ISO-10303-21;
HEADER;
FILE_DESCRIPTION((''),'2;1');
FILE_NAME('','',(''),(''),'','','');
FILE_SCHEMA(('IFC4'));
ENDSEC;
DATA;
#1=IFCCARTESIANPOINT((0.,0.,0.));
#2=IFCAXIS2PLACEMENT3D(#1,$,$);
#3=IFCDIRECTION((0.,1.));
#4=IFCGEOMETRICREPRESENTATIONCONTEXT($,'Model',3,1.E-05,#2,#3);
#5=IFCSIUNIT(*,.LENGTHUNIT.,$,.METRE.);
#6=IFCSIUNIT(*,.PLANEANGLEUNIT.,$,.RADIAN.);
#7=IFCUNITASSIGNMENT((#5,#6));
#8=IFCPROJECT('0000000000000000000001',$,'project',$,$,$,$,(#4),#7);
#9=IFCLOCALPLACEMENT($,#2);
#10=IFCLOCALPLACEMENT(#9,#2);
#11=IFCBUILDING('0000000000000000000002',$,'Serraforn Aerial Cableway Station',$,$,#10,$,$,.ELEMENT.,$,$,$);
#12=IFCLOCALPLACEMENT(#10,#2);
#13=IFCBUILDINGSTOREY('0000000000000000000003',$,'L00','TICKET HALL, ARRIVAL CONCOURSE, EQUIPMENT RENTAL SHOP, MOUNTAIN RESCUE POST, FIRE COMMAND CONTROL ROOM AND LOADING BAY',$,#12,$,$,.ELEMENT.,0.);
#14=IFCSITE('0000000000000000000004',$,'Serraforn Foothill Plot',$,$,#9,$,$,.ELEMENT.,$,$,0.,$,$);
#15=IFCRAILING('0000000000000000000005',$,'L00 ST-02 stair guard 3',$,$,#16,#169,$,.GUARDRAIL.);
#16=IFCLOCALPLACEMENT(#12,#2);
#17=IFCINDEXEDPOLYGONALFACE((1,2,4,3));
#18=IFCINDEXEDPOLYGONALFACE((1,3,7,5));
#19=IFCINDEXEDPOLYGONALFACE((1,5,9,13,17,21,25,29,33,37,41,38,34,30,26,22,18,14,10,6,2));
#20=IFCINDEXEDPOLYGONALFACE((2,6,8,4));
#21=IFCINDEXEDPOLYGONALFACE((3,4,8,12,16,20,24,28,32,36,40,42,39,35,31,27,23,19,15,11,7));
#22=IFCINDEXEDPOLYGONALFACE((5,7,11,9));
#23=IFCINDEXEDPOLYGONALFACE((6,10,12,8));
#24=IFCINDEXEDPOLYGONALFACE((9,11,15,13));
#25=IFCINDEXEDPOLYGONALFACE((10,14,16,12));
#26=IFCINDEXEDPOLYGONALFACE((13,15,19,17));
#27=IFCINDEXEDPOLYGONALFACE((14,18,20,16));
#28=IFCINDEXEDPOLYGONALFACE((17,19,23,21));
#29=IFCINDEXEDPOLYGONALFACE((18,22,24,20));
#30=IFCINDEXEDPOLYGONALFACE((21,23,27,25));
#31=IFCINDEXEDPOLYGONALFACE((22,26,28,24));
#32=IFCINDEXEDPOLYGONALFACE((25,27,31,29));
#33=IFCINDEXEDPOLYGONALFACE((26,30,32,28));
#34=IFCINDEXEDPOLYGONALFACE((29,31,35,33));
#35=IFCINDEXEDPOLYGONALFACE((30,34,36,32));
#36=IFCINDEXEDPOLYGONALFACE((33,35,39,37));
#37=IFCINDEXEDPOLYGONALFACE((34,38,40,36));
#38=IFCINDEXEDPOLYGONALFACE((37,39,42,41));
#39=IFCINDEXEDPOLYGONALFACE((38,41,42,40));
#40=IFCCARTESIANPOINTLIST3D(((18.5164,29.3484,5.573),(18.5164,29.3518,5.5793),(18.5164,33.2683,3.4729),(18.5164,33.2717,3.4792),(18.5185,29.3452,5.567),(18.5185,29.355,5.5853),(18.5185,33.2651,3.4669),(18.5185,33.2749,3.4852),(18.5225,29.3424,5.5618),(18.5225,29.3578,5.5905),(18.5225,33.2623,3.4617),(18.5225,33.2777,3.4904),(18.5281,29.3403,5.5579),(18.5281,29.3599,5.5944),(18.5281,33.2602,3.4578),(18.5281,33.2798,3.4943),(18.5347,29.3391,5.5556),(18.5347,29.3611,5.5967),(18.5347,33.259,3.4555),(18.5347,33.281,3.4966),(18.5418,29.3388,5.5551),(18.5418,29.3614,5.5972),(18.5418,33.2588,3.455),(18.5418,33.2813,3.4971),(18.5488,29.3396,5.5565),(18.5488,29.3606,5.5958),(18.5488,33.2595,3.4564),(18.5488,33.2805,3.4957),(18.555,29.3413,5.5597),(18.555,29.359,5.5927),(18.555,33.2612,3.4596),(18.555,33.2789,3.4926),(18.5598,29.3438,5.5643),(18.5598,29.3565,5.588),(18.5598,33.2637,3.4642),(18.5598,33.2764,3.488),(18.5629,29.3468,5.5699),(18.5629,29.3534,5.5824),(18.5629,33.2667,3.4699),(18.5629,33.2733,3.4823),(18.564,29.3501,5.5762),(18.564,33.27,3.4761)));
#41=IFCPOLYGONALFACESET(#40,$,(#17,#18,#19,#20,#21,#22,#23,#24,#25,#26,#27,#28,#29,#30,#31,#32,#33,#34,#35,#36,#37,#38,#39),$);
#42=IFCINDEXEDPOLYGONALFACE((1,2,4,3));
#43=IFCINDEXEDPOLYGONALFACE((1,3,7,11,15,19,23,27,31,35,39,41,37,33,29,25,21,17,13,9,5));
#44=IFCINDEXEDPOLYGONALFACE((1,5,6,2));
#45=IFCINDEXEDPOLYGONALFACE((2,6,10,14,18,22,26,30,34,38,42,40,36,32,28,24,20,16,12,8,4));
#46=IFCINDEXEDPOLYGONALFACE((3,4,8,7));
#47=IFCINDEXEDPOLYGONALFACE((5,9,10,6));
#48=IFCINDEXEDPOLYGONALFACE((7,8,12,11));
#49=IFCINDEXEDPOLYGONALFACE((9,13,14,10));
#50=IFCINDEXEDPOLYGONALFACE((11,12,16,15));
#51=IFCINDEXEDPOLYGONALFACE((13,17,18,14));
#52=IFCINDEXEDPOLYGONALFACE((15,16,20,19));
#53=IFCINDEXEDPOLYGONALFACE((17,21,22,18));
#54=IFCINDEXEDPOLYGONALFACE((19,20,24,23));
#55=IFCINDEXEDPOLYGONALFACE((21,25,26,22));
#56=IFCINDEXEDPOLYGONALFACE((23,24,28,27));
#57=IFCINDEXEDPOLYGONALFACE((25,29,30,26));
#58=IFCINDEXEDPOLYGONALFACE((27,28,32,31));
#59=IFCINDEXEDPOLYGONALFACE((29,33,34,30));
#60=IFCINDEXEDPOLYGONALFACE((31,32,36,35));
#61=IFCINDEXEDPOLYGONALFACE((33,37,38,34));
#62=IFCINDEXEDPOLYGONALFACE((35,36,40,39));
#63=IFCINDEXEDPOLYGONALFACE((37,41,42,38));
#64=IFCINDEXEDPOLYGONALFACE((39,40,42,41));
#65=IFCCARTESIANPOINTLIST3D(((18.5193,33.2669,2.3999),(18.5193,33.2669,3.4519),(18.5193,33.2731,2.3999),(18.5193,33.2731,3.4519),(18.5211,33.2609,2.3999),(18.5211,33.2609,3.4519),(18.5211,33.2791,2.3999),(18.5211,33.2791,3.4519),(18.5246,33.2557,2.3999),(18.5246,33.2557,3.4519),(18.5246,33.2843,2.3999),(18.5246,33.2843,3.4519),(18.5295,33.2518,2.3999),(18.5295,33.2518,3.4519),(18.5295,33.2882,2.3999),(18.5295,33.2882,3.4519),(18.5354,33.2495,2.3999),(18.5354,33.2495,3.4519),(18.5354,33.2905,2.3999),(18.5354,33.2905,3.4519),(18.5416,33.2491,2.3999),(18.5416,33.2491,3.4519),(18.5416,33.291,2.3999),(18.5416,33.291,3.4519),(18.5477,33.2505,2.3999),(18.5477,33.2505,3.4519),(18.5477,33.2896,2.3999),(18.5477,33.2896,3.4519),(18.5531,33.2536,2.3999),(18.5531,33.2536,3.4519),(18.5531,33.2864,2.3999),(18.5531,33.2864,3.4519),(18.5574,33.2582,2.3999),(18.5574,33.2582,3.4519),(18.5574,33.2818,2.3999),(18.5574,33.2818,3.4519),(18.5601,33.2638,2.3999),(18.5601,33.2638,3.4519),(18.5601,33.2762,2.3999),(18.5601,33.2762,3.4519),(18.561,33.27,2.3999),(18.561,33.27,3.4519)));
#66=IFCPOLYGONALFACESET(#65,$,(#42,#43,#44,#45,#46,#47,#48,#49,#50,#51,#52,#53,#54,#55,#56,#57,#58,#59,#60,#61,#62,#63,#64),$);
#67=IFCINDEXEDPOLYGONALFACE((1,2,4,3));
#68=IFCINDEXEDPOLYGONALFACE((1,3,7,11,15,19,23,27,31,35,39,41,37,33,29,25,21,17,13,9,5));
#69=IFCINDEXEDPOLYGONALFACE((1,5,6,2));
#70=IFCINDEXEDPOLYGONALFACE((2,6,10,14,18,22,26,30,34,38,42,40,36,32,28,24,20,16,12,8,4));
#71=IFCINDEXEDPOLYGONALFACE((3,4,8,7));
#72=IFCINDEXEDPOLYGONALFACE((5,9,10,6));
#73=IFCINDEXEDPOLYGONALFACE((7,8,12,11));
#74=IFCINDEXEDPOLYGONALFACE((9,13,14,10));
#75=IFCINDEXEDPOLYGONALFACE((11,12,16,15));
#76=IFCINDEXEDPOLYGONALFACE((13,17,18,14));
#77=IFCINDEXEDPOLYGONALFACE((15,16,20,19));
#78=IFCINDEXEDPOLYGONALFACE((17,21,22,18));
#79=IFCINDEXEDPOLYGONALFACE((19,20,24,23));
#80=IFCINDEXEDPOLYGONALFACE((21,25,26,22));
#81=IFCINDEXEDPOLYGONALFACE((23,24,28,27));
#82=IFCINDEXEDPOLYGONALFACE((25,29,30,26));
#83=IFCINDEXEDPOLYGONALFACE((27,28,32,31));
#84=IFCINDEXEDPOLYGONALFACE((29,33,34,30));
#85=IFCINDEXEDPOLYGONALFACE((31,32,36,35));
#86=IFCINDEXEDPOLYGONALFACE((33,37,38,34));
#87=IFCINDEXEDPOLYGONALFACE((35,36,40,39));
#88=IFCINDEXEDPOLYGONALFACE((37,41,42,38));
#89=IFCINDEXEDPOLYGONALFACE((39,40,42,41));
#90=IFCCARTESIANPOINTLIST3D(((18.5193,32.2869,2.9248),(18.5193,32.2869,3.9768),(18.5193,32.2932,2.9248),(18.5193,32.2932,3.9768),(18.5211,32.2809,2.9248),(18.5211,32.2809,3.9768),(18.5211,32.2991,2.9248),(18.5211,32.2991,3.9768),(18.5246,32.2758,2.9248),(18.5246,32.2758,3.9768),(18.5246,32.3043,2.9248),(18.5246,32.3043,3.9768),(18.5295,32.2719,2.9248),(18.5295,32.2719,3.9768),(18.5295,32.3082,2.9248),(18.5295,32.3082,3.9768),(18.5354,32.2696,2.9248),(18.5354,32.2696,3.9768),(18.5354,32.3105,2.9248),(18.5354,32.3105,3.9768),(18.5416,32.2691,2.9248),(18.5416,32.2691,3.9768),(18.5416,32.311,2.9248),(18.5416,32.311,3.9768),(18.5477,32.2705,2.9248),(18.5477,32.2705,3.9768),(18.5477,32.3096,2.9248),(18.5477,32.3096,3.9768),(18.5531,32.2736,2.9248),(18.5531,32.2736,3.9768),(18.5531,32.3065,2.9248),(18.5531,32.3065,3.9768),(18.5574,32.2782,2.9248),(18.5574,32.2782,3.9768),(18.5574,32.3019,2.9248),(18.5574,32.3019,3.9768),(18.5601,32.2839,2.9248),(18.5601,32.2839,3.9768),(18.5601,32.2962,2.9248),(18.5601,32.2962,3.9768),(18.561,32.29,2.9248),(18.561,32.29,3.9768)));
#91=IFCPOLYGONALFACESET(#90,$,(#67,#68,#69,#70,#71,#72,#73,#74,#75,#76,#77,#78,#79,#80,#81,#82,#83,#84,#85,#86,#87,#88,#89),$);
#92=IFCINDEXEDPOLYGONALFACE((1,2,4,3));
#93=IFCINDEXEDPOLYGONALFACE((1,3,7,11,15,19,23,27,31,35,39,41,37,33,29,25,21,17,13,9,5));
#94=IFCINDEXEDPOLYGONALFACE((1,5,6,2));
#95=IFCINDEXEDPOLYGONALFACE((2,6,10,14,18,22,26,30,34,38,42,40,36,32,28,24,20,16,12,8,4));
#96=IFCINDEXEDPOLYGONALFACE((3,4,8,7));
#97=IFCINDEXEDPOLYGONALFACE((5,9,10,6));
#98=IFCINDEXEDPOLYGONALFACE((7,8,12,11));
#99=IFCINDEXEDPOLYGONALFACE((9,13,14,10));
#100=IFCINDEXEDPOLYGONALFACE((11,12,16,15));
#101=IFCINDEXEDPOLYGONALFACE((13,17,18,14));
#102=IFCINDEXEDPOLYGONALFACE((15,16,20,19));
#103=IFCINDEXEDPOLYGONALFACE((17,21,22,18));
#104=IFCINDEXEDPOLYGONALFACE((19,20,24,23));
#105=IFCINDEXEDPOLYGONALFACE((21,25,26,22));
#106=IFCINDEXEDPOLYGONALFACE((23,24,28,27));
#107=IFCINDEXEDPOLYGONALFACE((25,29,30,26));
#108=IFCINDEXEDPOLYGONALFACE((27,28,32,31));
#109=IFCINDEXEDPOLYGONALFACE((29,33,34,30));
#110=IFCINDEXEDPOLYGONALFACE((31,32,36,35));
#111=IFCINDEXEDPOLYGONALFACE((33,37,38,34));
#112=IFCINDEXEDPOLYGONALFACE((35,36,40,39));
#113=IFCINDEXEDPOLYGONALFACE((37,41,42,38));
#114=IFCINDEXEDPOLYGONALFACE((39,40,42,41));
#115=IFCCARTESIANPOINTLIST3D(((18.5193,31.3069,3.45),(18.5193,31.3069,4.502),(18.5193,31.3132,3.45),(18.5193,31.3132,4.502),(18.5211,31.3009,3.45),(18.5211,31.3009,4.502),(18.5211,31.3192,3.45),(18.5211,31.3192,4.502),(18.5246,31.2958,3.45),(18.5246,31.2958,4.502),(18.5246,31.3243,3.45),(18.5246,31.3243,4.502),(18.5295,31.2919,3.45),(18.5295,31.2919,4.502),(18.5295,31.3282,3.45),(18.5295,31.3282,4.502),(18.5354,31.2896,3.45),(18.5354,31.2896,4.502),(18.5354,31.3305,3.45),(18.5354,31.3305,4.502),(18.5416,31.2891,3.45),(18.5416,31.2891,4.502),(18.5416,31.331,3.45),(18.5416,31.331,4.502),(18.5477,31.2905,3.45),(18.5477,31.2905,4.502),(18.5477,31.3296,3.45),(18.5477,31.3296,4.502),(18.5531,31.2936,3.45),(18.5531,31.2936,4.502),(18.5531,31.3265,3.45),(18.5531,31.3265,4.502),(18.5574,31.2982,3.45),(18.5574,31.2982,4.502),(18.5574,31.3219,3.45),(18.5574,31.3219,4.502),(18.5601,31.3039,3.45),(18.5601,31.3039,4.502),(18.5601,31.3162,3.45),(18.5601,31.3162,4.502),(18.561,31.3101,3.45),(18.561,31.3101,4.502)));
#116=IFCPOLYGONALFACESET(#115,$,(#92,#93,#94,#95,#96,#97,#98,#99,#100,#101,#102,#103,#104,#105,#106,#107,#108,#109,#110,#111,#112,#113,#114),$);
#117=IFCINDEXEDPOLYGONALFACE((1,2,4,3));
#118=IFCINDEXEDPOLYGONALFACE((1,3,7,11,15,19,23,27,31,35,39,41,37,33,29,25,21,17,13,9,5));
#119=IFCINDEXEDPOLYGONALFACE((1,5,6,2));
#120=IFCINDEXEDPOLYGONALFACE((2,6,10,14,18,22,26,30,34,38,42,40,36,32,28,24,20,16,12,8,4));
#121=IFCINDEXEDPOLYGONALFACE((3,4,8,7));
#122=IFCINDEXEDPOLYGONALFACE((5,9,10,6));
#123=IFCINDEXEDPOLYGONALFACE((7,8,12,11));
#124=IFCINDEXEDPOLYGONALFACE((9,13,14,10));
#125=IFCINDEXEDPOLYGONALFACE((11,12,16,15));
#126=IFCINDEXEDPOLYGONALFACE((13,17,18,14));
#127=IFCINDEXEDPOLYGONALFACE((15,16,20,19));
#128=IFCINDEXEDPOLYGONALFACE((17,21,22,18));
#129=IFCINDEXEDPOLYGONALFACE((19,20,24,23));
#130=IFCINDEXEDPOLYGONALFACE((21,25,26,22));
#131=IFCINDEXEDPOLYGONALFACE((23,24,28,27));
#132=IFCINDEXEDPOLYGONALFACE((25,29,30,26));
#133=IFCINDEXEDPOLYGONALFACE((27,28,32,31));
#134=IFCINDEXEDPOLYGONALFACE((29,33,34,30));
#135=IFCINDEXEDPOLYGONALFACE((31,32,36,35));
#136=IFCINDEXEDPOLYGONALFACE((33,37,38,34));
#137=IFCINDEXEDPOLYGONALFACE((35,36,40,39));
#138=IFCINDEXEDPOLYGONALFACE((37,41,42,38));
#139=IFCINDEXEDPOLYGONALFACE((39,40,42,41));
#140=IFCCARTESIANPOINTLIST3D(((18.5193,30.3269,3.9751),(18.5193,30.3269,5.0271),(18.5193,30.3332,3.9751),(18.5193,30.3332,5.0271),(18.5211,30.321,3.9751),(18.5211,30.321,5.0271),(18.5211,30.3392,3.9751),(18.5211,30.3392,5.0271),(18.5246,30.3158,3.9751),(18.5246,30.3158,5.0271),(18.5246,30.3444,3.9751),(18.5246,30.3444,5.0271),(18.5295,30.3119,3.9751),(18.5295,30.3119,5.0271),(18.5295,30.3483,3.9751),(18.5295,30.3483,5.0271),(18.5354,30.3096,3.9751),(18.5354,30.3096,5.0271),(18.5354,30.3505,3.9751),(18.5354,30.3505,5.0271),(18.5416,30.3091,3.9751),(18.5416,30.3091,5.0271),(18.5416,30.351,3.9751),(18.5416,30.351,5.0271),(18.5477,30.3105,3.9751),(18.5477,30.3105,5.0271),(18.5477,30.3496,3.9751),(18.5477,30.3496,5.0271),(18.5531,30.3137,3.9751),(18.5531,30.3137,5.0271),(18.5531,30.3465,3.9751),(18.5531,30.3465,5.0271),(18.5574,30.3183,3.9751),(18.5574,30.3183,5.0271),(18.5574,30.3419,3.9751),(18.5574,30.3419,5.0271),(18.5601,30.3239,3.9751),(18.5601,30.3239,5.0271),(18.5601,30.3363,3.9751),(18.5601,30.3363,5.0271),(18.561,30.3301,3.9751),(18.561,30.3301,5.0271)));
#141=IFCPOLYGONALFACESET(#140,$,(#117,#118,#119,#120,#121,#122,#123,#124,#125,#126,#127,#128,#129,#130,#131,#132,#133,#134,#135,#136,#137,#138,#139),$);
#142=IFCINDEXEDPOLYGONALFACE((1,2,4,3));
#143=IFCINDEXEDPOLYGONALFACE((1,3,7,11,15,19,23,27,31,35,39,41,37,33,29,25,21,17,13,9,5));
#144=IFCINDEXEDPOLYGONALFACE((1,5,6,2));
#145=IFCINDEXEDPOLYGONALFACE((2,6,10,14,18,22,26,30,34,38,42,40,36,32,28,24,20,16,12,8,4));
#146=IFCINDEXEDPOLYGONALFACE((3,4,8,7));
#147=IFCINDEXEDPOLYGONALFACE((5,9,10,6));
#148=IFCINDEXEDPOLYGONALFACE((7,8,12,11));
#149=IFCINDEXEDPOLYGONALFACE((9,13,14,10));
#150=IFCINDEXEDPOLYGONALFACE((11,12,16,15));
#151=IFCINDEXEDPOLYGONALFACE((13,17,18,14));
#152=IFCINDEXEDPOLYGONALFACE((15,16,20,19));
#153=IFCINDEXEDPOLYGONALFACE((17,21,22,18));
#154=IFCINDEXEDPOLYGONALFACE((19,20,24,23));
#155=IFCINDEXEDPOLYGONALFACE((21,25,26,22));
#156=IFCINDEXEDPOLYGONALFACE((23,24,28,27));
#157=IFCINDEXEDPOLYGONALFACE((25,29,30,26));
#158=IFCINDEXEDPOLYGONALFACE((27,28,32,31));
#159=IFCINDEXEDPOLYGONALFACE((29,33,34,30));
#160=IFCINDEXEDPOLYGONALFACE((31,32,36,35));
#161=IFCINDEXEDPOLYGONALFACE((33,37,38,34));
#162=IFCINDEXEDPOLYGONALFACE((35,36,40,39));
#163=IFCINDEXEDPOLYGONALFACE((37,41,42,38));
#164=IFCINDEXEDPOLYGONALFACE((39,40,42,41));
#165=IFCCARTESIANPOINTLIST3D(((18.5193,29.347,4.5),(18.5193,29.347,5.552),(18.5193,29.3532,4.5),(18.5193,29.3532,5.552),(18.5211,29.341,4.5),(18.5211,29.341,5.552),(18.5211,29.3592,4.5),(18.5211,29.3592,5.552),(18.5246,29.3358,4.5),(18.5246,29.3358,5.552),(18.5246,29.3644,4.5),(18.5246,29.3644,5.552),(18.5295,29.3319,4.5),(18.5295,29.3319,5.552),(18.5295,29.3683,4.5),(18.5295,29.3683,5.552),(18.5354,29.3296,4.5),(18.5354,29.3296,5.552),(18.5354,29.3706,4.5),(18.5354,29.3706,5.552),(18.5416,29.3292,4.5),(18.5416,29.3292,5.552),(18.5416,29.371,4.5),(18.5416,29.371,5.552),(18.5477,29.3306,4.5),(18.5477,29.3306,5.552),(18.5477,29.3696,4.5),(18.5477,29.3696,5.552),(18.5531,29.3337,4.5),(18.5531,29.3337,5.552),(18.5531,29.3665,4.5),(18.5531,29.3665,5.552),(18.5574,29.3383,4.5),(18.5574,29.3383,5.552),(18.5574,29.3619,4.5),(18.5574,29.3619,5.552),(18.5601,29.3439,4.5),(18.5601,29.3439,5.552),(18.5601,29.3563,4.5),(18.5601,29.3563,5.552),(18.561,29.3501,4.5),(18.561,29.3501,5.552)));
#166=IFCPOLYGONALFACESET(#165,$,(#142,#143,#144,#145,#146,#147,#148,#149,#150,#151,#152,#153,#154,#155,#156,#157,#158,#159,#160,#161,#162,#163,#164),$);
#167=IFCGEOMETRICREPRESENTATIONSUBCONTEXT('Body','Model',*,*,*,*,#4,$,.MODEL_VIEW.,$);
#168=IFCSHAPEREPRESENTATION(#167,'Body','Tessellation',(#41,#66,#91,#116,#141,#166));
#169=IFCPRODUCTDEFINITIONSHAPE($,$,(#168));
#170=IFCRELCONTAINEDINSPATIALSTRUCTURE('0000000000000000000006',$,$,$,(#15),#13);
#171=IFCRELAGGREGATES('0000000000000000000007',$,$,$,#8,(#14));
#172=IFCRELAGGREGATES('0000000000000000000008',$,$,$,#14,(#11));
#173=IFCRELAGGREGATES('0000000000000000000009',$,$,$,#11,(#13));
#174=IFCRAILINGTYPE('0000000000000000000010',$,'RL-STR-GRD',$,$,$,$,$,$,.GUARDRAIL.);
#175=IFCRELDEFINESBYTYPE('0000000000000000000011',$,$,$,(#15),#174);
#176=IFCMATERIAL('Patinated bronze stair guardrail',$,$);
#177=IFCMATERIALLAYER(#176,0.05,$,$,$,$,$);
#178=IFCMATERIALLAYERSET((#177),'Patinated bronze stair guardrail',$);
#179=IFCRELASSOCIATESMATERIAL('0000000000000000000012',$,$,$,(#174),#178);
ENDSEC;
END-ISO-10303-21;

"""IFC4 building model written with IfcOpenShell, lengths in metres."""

from ifc_helpers import new_model, si_unit, direction, frame, origin, origin_2d, place, context, subcontext, project, spatial, circle, extrude, material, layer, layer_set, type_object, element, save


model = new_model("IFC4")

# Units and contexts
model_context = context("Model", 3, precision=1e-05, world=origin(), true_north=direction((0.0, 1.0)))
body_context = subcontext(model_context, "Body", "Model", "MODEL_VIEW")
ifc_project = project(units=[si_unit("LENGTHUNIT", "METRE"), si_unit("PLANEANGLEUNIT", "RADIAN")], contexts=[model_context])

# Site, building, storey
site_placement = place(None, origin())
site = spatial("IfcSite", under=ifc_project, at=site_placement, Name="Serraforn Foothill Plot", CompositionType="ELEMENT", RefElevation=0.0)
building_placement = place(site_placement, origin())
building = spatial("IfcBuilding", under=site, at=building_placement, Name="Serraforn Aerial Cableway Station", CompositionType="ELEMENT")
storey_placement = place(building_placement, origin())
storey = spatial("IfcBuildingStorey", under=building, at=storey_placement, Name="L00", Description="TICKET HALL, ARRIVAL CONCOURSE, EQUIPMENT RENTAL SHOP, MOUNTAIN RESCUE POST, FIRE COMMAND CONTROL ROOM AND LOADING BAY", CompositionType="ELEMENT", Elevation=0.0)

# Railing
ifc_material_1 = material(Name="Patinated bronze stair guardrail")
ifc_layer_1 = layer(ifc_material_1, 0.05)
ifc_layer_set_1 = layer_set([ifc_layer_1], Name="Patinated bronze stair guardrail")
railing_type_1 = type_object("IfcRailingType", Name="RL-STR-GRD", PredefinedType="GUARDRAIL", material=ifc_layer_set_1)
railing_1_placement = place(storey_placement, frame((18.54, 33.27, 2.3999)))
element("IfcRailing", 1, at=railing_1_placement, inside=storey, type_object=railing_type_1, Name="L00 ST-02 stair guard 3", PredefinedType="GUARDRAIL", context=body_context, shape_type="SweptSolid", body=[
    extrude(circle(Radius=0.0239, at=origin_2d()), frame((0.0, 0.0, 1.0762), z_axis=(0.0, -0.881467, 0.472246), x_axis=(1.0, 0.0, 0.0)), (0.0, 0.0, 1.0), 4.447),
    extrude(circle(Radius=0.021, at=origin_2d()), origin(), (0.0, 0.0, 1.0), 1.052),
    extrude(circle(Radius=0.021, at=origin_2d()), frame((0.0, -0.98, 0.5249)), (0.0, 0.0, 1.0), 1.052),
    extrude(circle(Radius=0.021, at=origin_2d()), frame((0.0, -1.96, 1.05)), (0.0, 0.0, 1.0), 1.052),
    extrude(circle(Radius=0.021, at=origin_2d()), frame((0.0, -2.9399, 1.5752)), (0.0, 0.0, 1.0), 1.052),
    extrude(circle(Radius=0.021, at=origin_2d()), frame((0.0, -3.9199, 2.1001)), (0.0, 0.0, 1.0), 1.052),
])

save(model, "model.ifc")
